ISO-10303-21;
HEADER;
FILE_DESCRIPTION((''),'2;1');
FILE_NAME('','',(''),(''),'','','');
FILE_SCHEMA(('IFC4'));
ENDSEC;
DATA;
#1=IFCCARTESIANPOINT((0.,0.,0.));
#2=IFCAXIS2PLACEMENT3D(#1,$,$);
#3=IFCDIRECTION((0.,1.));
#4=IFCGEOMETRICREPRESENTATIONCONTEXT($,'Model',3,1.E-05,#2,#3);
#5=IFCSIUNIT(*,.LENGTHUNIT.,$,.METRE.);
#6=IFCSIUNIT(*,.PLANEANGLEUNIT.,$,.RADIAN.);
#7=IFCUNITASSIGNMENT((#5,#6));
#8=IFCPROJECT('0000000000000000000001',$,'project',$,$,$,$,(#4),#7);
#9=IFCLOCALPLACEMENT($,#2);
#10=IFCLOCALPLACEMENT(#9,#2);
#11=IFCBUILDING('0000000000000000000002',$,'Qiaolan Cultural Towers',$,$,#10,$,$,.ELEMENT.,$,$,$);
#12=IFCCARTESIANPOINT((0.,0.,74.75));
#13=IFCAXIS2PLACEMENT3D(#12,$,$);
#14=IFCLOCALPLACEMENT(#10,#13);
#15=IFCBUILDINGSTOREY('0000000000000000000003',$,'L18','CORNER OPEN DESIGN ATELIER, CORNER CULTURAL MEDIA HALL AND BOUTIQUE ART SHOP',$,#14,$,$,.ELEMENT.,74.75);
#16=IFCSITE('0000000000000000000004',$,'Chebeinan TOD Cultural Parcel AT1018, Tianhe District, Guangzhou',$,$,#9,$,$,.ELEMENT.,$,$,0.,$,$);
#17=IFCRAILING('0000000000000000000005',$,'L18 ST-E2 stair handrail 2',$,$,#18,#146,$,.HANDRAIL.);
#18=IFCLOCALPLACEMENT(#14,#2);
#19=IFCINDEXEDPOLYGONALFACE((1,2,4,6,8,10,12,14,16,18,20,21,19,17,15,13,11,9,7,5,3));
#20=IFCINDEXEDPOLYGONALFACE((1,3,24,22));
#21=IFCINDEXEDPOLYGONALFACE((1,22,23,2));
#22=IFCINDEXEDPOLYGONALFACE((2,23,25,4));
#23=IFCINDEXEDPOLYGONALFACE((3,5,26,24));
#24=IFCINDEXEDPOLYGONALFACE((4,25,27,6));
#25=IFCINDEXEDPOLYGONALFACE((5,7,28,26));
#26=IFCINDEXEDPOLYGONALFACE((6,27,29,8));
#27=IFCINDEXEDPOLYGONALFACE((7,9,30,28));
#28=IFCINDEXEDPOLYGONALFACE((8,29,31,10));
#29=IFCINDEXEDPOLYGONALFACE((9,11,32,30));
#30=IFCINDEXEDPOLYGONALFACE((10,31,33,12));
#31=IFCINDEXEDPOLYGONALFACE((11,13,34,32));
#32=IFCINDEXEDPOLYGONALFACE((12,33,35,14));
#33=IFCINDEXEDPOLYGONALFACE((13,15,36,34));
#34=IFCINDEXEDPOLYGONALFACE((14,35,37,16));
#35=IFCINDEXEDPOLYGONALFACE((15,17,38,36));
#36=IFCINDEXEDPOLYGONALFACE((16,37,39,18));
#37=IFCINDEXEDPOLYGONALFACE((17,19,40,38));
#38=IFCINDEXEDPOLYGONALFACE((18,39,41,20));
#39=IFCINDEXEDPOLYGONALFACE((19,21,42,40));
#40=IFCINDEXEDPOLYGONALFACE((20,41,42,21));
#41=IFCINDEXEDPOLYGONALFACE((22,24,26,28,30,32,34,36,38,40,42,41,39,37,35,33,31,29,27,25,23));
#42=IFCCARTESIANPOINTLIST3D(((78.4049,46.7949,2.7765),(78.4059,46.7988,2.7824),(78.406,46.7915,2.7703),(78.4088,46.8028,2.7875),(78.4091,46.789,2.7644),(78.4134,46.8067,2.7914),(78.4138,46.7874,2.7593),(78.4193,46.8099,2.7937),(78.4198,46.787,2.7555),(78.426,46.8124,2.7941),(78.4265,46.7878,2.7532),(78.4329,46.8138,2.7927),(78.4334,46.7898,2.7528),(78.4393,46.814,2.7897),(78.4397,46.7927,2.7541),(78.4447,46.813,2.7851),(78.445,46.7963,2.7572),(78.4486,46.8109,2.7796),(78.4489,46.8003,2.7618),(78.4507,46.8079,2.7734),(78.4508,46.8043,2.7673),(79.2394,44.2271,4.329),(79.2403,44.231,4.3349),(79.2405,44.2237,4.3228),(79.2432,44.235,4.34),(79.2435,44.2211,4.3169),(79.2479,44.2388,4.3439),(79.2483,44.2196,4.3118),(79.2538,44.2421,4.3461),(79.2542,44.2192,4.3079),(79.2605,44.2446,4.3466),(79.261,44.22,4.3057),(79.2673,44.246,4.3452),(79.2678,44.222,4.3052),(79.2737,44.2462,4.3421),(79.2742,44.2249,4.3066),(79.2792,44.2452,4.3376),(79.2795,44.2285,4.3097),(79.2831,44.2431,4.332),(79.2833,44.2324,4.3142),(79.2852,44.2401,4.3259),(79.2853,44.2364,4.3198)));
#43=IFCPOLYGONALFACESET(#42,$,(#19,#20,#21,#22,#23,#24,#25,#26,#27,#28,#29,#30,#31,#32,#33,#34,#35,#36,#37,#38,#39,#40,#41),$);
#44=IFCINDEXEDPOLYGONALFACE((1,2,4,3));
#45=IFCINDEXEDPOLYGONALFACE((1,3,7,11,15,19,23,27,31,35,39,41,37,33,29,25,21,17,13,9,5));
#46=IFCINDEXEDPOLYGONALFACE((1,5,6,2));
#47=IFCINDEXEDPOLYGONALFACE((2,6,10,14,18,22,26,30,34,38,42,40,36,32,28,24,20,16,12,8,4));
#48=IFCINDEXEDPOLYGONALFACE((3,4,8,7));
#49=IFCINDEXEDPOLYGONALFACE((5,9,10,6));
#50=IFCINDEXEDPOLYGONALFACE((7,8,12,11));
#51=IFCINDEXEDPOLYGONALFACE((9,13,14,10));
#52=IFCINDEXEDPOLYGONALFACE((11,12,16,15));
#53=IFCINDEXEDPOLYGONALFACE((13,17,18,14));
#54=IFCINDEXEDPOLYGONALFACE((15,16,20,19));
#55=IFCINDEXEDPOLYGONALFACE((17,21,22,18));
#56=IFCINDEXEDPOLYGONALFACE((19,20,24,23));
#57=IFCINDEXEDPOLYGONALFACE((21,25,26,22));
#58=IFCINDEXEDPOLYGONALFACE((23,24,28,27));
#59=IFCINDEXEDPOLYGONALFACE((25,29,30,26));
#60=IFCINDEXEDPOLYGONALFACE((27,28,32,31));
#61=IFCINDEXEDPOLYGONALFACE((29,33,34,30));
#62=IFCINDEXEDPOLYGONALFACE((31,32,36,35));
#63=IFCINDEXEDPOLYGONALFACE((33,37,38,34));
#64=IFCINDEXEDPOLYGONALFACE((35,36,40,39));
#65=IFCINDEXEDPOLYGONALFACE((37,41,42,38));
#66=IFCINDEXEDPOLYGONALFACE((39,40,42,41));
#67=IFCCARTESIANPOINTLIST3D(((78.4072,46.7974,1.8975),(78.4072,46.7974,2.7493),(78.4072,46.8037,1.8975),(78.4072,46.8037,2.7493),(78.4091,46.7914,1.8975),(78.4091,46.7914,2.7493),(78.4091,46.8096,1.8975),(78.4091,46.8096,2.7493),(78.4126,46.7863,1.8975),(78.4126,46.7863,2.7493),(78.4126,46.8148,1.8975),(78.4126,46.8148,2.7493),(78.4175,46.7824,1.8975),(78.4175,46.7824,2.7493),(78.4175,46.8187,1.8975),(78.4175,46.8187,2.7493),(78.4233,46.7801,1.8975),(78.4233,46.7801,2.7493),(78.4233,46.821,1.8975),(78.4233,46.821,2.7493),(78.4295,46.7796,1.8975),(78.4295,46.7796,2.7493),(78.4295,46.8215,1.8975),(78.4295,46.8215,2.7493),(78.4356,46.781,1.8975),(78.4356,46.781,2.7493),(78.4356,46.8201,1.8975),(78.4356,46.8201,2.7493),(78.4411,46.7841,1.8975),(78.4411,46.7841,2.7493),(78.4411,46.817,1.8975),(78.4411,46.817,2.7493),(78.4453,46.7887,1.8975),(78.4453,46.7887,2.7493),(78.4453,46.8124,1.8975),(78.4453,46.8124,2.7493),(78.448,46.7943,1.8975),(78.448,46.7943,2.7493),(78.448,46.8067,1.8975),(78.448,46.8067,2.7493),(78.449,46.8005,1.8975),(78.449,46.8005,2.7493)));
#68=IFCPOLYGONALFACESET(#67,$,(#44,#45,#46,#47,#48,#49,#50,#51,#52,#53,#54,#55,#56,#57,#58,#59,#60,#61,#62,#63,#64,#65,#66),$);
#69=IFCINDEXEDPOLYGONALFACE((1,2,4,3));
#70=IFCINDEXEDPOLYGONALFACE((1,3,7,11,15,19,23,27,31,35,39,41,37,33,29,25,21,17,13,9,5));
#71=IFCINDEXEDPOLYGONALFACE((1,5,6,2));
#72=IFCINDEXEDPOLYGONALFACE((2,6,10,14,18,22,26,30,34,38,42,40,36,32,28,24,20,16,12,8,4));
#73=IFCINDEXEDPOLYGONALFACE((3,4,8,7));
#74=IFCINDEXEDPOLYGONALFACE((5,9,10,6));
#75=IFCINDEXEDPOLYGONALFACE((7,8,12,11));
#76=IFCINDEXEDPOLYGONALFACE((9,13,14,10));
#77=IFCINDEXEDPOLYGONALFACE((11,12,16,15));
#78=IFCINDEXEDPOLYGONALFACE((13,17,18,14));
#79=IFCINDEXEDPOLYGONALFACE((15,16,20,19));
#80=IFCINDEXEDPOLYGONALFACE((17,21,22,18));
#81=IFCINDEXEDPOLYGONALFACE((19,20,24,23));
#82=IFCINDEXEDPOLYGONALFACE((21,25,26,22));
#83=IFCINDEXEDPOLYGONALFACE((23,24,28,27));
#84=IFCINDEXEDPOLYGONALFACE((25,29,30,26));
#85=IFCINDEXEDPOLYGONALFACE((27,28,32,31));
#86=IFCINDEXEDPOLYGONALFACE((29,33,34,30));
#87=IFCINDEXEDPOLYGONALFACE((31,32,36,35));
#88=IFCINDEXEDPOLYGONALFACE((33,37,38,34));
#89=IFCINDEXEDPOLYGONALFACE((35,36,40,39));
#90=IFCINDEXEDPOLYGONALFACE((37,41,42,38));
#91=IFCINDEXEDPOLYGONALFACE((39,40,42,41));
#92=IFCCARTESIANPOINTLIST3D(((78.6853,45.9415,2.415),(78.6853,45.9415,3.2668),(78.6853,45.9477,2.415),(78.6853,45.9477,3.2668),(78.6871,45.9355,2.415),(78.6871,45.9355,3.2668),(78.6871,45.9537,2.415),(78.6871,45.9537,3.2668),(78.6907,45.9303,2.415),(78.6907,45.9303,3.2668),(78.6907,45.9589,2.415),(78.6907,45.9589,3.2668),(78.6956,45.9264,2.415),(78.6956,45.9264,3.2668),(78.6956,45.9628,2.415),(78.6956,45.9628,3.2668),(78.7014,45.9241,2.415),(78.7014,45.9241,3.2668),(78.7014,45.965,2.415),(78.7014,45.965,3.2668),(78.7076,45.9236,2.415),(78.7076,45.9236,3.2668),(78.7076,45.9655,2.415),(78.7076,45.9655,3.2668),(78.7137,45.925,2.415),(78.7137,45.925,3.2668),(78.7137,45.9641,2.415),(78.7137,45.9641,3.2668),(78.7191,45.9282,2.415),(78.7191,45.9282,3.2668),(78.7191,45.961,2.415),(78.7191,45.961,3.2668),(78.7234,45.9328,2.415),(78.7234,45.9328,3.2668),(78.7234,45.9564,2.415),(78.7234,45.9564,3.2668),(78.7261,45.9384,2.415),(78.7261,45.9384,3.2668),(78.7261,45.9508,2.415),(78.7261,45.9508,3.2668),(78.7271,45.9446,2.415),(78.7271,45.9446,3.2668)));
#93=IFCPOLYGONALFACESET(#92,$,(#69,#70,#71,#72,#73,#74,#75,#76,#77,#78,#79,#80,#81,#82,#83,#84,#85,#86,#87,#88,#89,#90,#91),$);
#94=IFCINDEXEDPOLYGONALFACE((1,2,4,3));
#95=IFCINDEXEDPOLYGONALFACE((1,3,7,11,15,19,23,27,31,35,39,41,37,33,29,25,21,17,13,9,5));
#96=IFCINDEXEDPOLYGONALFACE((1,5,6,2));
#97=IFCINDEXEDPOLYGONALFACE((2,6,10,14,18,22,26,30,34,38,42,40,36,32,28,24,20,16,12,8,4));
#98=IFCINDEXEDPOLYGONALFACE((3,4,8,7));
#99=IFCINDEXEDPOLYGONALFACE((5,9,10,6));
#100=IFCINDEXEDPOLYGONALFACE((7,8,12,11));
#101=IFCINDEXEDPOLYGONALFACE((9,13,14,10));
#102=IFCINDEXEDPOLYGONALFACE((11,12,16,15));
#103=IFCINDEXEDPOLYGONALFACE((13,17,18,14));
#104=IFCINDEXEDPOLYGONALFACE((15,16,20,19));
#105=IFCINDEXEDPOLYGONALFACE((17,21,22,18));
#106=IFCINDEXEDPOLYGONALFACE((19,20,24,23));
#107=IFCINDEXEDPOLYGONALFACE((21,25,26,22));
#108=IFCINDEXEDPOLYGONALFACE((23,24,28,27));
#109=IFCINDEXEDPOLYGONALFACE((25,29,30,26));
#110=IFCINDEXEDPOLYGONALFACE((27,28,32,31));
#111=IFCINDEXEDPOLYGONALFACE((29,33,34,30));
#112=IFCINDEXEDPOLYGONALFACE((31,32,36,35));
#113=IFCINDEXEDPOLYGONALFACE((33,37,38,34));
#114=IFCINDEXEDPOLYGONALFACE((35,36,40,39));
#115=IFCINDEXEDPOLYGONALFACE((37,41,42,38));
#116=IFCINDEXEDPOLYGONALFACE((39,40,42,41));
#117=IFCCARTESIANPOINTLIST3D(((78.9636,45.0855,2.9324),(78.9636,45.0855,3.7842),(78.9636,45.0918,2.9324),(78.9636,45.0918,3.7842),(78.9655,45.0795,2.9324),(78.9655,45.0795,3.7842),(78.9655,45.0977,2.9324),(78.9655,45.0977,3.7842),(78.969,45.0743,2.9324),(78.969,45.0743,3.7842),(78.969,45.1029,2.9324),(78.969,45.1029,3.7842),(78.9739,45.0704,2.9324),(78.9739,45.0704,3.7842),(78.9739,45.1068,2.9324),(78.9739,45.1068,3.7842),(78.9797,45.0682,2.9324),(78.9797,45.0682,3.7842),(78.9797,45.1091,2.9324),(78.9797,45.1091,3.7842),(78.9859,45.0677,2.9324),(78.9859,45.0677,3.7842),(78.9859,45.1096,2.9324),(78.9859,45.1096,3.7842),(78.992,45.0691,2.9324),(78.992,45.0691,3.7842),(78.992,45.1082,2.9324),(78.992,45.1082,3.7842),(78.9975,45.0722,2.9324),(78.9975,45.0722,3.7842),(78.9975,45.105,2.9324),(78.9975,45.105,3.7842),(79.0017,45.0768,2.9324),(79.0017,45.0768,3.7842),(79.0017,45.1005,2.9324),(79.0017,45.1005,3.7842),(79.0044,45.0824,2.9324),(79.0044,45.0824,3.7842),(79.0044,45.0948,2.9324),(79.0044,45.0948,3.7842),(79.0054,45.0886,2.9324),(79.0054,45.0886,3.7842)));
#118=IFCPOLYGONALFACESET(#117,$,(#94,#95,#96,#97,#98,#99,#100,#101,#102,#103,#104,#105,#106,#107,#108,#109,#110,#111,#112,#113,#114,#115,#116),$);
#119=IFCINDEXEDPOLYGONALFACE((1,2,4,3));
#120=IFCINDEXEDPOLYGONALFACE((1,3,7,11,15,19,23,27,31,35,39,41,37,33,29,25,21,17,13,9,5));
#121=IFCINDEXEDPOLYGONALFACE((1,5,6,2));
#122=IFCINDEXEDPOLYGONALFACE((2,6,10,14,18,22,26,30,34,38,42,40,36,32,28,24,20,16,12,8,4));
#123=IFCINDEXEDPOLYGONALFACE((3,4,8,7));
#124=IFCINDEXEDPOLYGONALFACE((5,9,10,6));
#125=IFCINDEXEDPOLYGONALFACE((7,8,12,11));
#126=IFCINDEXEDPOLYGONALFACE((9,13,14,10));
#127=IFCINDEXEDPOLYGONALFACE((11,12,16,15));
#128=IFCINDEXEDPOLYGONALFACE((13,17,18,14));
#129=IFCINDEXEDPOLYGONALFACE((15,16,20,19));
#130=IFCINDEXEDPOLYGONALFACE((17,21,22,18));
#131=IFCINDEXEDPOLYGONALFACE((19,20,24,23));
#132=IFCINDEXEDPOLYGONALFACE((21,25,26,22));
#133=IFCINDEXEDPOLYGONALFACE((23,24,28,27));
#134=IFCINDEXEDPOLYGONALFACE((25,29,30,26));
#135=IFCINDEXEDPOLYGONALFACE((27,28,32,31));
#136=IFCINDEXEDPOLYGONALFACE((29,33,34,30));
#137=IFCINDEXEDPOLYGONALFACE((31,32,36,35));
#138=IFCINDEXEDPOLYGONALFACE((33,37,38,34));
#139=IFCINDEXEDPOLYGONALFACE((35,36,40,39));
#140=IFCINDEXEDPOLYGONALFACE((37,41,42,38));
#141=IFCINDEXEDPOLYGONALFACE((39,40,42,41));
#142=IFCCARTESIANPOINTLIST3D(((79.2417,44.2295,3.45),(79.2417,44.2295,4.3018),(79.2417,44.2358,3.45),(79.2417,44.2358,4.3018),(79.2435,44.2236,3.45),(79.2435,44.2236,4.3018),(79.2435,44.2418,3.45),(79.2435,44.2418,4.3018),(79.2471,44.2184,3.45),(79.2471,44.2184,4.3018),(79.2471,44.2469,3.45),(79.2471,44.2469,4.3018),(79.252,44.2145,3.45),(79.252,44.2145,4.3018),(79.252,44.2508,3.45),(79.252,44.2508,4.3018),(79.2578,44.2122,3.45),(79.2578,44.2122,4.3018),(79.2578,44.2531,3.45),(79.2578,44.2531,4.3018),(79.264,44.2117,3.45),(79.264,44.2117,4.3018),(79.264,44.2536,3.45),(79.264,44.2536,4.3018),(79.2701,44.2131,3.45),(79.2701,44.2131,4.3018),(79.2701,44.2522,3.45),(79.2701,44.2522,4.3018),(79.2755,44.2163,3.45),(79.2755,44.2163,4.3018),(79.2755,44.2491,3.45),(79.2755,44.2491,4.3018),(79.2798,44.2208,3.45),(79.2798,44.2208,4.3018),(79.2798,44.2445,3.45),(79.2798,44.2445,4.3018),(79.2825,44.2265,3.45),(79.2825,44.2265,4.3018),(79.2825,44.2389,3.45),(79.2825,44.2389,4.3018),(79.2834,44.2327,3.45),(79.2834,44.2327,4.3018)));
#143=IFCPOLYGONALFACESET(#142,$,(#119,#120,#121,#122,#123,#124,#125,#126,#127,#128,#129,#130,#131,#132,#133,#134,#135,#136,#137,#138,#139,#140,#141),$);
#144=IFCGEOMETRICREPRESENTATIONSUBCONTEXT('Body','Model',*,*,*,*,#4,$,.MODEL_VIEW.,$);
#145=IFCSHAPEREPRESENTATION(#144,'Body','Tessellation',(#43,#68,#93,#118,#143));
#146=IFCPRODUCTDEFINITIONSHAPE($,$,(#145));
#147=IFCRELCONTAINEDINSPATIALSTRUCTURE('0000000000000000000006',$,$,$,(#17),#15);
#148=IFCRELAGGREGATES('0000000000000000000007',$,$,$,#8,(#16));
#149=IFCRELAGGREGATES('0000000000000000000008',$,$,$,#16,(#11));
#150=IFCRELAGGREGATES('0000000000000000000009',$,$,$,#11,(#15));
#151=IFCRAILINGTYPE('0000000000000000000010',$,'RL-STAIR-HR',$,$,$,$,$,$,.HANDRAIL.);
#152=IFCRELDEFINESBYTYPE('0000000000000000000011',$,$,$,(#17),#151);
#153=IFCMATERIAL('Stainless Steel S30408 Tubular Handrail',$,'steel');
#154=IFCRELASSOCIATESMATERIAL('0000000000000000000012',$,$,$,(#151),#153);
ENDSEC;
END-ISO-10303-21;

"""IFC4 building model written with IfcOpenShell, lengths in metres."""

from ifc_helpers import new_model, si_unit, direction, frame, origin, origin_2d, place, context, subcontext, project, spatial, circle, extrude, material, type_object, element, save


model = new_model("IFC4")

# Units and contexts
model_context = context("Model", 3, precision=1e-05, world=origin(), true_north=direction((0.0, 1.0)))
body_context = subcontext(model_context, "Body", "Model", "MODEL_VIEW")
ifc_project = project(units=[si_unit("LENGTHUNIT", "METRE"), si_unit("PLANEANGLEUNIT", "RADIAN")], contexts=[model_context])

# Site, building, storey
site_placement = place(None, origin())
site = spatial("IfcSite", under=ifc_project, at=site_placement, Name="Chebeinan TOD Cultural Parcel AT1018, Tianhe District, Guangzhou", CompositionType="ELEMENT", RefElevation=0.0)
building_placement = place(site_placement, origin())
building = spatial("IfcBuilding", under=site, at=building_placement, Name="Qiaolan Cultural Towers", CompositionType="ELEMENT")
storey_placement = place(building_placement, frame((0.0, 0.0, 74.75)))
storey = spatial("IfcBuildingStorey", under=building, at=storey_placement, Name="L18", Description="CORNER OPEN DESIGN ATELIER, CORNER CULTURAL MEDIA HALL AND BOUTIQUE ART SHOP", CompositionType="ELEMENT", Elevation=74.75)

# Railing
ifc_material_1 = material(Name="Stainless Steel S30408 Tubular Handrail", Category="steel")
railing_type_1 = type_object("IfcRailingType", Name="RL-STAIR-HR", PredefinedType="HANDRAIL", material=ifc_material_1)
railing_1_placement = place(storey_placement, frame((78.428, 46.8005, 1.8975)))
element("IfcRailing", 1, at=railing_1_placement, inside=storey, type_object=railing_type_1, Name="L18 ST-E2 stair handrail 2", PredefinedType="HANDRAIL", context=body_context, shape_type="SweptSolid", body=[
    extrude(circle(Radius=0.0239, at=origin_2d()), frame((0.0, 0.0, 0.876), z_axis=(0.267926, -0.824471, 0.498461), x_axis=(0.951043, 0.309057, 0.0)), (0.0, 0.0, 1.0), 3.1145),
    extrude(circle(Radius=0.021, at=origin_2d()), origin(), (0.0, 0.0, 1.0), 0.8518),
    extrude(circle(Radius=0.021, at=origin_2d()), frame((0.2781, -0.856, 0.5176)), (0.0, 0.0, 1.0), 0.8518),
    extrude(circle(Radius=0.021, at=origin_2d()), frame((0.5564, -1.7119, 1.0349)), (0.0, 0.0, 1.0), 0.8518),
    extrude(circle(Radius=0.021, at=origin_2d()), frame((0.8345, -2.5679, 1.5525)), (0.0, 0.0, 1.0), 0.8518),
])

save(model, "model.ifc")
